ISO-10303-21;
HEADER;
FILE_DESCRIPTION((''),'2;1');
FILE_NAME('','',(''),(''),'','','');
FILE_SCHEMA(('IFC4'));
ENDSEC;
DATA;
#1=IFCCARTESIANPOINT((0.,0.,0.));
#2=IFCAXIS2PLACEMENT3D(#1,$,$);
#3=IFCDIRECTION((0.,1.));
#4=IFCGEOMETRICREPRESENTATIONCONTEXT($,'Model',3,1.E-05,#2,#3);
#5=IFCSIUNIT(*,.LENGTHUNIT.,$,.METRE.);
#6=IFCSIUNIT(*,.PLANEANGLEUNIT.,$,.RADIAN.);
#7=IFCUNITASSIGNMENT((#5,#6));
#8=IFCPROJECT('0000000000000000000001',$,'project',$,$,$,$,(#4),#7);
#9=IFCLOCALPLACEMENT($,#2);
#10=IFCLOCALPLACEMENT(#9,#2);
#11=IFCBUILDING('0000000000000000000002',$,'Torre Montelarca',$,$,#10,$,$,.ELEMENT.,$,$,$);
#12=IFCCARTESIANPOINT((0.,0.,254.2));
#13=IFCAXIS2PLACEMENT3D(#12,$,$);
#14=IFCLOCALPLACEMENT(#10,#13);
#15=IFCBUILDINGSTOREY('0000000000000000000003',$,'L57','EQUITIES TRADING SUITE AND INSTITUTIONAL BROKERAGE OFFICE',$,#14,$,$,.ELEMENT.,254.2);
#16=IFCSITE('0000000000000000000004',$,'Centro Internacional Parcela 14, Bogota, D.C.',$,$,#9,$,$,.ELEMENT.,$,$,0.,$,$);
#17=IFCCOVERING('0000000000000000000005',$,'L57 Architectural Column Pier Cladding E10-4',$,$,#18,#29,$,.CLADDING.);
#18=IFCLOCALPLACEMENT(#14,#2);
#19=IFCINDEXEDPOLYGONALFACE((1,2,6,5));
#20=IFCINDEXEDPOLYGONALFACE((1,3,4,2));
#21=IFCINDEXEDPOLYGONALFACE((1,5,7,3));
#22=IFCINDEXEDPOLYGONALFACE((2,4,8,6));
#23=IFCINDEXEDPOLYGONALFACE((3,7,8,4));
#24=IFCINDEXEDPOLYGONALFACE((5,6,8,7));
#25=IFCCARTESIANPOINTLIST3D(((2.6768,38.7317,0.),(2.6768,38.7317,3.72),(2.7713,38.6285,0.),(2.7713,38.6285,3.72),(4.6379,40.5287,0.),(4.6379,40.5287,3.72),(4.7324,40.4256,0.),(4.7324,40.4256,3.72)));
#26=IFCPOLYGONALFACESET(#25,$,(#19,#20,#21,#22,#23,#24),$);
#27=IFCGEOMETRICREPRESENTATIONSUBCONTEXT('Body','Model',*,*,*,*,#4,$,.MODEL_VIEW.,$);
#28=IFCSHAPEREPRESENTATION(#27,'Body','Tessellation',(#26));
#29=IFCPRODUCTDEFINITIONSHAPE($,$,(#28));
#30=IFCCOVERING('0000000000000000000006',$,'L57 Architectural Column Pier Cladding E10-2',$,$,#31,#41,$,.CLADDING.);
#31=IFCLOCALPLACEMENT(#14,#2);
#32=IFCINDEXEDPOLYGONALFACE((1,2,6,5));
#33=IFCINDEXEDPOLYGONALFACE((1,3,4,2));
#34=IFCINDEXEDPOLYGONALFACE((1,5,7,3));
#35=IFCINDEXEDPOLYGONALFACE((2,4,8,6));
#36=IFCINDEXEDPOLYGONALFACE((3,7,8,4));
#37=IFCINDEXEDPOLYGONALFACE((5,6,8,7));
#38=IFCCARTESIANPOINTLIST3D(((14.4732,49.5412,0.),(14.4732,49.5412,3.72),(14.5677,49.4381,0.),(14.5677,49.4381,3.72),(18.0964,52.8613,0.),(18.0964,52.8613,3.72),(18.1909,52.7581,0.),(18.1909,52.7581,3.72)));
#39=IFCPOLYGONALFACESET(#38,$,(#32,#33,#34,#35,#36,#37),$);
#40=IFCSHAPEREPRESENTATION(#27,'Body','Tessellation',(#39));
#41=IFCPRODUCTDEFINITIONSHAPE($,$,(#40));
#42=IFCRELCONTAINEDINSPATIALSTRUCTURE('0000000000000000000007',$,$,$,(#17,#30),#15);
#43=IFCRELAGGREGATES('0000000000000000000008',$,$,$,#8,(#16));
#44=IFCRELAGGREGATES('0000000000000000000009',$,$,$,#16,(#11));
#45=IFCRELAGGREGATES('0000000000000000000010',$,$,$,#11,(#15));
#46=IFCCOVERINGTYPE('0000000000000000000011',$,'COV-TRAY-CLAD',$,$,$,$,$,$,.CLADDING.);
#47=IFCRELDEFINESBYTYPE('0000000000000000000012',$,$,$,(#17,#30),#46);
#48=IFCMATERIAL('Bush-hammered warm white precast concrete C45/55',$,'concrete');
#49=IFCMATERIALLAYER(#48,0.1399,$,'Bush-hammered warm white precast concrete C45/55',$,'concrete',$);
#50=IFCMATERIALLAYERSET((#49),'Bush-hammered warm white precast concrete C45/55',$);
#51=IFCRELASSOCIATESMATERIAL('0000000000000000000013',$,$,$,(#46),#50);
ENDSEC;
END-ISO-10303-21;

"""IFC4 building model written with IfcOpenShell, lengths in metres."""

from ifc_helpers import new_model, si_unit, direction, frame, origin, origin_2d, place, context, subcontext, project, spatial, rectangle, extrude, source, transform, mapped, material, layer, layer_set, type_object, element, save


model = new_model("IFC4")

# Units and contexts
model_context = context("Model", 3, precision=1e-05, world=origin(), true_north=direction((0.0, 1.0)))
body_context = subcontext(model_context, "Body", "Model", "MODEL_VIEW")
ifc_project = project(units=[si_unit("LENGTHUNIT", "METRE"), si_unit("PLANEANGLEUNIT", "RADIAN")], contexts=[model_context])

# Site, building, storey
site_placement = place(None, origin())
site = spatial("IfcSite", under=ifc_project, at=site_placement, Name="Centro Internacional Parcela 14, Bogota, D.C.", CompositionType="ELEMENT", RefElevation=0.0)
building_placement = place(site_placement, origin())
building = spatial("IfcBuilding", under=site, at=building_placement, Name="Torre Montelarca", CompositionType="ELEMENT")
storey_placement = place(building_placement, frame((0.0, 0.0, 254.2)))
storey = spatial("IfcBuildingStorey", under=building, at=storey_placement, Name="L57", Description="EQUITIES TRADING SUITE AND INSTITUTIONAL BROKERAGE OFFICE", CompositionType="ELEMENT", Elevation=254.2)

# Coverings
ifc_material_1 = material(Name="Bush-hammered warm white precast concrete C45/55", Category="concrete")
ifc_layer_1 = layer(ifc_material_1, 0.1399, Name="Bush-hammered warm white precast concrete C45/55", Category="concrete")
ifc_layer_set_1 = layer_set([ifc_layer_1], Name="Bush-hammered warm white precast concrete C45/55")
covering_type = type_object("IfcCoveringType", Name="COV-TRAY-CLAD", PredefinedType="CLADDING", material=ifc_layer_set_1)
shared_shape_1 = source(origin(), body_context, "Body", "SweptSolid", [
    extrude(rectangle(XDim=2.6599, YDim=0.1399, at=origin_2d()), origin(), (0.0, 0.0, 1.0), 3.72),
])
for number, where, z_axis, x_axis, name in (
    (1, (3.7046, 39.5786, 0.0), (0.0, 0.0, 1.0), (-0.737276, -0.675591, 0.0), "L57 Architectural Column Pier Cladding E10-4"),
):
    element("IfcCovering", number, at=place(storey_placement, frame(where, z_axis=z_axis, x_axis=x_axis)), inside=storey, type_object=covering_type, Name=name, PredefinedType="CLADDING", context=body_context, shape_type="MappedRepresentation", body=[
        mapped(shared_shape_1, transform((0.0, 0.0, 0.0), scale=1.0)),
    ])
shared_shape_2 = source(origin(), body_context, "Body", "SweptSolid", [
    extrude(rectangle(XDim=4.9143, YDim=0.1399, at=origin_2d()), origin(), (0.0, 0.0, 1.0), 3.72),
])
covering_1_placement = place(storey_placement, frame((16.332, 51.1497, 0.0), z_axis=(0.0, 0.0, 1.0), x_axis=(-0.737276, -0.675591, 0.0)))
element("IfcCovering", 2, at=covering_1_placement, inside=storey, type_object=covering_type, Name="L57 Architectural Column Pier Cladding E10-2", PredefinedType="CLADDING", context=body_context, shape_type="MappedRepresentation", body=[
    mapped(shared_shape_2, transform((0.0, 0.0, 0.0), scale=1.0)),
])

save(model, "model.ifc")
